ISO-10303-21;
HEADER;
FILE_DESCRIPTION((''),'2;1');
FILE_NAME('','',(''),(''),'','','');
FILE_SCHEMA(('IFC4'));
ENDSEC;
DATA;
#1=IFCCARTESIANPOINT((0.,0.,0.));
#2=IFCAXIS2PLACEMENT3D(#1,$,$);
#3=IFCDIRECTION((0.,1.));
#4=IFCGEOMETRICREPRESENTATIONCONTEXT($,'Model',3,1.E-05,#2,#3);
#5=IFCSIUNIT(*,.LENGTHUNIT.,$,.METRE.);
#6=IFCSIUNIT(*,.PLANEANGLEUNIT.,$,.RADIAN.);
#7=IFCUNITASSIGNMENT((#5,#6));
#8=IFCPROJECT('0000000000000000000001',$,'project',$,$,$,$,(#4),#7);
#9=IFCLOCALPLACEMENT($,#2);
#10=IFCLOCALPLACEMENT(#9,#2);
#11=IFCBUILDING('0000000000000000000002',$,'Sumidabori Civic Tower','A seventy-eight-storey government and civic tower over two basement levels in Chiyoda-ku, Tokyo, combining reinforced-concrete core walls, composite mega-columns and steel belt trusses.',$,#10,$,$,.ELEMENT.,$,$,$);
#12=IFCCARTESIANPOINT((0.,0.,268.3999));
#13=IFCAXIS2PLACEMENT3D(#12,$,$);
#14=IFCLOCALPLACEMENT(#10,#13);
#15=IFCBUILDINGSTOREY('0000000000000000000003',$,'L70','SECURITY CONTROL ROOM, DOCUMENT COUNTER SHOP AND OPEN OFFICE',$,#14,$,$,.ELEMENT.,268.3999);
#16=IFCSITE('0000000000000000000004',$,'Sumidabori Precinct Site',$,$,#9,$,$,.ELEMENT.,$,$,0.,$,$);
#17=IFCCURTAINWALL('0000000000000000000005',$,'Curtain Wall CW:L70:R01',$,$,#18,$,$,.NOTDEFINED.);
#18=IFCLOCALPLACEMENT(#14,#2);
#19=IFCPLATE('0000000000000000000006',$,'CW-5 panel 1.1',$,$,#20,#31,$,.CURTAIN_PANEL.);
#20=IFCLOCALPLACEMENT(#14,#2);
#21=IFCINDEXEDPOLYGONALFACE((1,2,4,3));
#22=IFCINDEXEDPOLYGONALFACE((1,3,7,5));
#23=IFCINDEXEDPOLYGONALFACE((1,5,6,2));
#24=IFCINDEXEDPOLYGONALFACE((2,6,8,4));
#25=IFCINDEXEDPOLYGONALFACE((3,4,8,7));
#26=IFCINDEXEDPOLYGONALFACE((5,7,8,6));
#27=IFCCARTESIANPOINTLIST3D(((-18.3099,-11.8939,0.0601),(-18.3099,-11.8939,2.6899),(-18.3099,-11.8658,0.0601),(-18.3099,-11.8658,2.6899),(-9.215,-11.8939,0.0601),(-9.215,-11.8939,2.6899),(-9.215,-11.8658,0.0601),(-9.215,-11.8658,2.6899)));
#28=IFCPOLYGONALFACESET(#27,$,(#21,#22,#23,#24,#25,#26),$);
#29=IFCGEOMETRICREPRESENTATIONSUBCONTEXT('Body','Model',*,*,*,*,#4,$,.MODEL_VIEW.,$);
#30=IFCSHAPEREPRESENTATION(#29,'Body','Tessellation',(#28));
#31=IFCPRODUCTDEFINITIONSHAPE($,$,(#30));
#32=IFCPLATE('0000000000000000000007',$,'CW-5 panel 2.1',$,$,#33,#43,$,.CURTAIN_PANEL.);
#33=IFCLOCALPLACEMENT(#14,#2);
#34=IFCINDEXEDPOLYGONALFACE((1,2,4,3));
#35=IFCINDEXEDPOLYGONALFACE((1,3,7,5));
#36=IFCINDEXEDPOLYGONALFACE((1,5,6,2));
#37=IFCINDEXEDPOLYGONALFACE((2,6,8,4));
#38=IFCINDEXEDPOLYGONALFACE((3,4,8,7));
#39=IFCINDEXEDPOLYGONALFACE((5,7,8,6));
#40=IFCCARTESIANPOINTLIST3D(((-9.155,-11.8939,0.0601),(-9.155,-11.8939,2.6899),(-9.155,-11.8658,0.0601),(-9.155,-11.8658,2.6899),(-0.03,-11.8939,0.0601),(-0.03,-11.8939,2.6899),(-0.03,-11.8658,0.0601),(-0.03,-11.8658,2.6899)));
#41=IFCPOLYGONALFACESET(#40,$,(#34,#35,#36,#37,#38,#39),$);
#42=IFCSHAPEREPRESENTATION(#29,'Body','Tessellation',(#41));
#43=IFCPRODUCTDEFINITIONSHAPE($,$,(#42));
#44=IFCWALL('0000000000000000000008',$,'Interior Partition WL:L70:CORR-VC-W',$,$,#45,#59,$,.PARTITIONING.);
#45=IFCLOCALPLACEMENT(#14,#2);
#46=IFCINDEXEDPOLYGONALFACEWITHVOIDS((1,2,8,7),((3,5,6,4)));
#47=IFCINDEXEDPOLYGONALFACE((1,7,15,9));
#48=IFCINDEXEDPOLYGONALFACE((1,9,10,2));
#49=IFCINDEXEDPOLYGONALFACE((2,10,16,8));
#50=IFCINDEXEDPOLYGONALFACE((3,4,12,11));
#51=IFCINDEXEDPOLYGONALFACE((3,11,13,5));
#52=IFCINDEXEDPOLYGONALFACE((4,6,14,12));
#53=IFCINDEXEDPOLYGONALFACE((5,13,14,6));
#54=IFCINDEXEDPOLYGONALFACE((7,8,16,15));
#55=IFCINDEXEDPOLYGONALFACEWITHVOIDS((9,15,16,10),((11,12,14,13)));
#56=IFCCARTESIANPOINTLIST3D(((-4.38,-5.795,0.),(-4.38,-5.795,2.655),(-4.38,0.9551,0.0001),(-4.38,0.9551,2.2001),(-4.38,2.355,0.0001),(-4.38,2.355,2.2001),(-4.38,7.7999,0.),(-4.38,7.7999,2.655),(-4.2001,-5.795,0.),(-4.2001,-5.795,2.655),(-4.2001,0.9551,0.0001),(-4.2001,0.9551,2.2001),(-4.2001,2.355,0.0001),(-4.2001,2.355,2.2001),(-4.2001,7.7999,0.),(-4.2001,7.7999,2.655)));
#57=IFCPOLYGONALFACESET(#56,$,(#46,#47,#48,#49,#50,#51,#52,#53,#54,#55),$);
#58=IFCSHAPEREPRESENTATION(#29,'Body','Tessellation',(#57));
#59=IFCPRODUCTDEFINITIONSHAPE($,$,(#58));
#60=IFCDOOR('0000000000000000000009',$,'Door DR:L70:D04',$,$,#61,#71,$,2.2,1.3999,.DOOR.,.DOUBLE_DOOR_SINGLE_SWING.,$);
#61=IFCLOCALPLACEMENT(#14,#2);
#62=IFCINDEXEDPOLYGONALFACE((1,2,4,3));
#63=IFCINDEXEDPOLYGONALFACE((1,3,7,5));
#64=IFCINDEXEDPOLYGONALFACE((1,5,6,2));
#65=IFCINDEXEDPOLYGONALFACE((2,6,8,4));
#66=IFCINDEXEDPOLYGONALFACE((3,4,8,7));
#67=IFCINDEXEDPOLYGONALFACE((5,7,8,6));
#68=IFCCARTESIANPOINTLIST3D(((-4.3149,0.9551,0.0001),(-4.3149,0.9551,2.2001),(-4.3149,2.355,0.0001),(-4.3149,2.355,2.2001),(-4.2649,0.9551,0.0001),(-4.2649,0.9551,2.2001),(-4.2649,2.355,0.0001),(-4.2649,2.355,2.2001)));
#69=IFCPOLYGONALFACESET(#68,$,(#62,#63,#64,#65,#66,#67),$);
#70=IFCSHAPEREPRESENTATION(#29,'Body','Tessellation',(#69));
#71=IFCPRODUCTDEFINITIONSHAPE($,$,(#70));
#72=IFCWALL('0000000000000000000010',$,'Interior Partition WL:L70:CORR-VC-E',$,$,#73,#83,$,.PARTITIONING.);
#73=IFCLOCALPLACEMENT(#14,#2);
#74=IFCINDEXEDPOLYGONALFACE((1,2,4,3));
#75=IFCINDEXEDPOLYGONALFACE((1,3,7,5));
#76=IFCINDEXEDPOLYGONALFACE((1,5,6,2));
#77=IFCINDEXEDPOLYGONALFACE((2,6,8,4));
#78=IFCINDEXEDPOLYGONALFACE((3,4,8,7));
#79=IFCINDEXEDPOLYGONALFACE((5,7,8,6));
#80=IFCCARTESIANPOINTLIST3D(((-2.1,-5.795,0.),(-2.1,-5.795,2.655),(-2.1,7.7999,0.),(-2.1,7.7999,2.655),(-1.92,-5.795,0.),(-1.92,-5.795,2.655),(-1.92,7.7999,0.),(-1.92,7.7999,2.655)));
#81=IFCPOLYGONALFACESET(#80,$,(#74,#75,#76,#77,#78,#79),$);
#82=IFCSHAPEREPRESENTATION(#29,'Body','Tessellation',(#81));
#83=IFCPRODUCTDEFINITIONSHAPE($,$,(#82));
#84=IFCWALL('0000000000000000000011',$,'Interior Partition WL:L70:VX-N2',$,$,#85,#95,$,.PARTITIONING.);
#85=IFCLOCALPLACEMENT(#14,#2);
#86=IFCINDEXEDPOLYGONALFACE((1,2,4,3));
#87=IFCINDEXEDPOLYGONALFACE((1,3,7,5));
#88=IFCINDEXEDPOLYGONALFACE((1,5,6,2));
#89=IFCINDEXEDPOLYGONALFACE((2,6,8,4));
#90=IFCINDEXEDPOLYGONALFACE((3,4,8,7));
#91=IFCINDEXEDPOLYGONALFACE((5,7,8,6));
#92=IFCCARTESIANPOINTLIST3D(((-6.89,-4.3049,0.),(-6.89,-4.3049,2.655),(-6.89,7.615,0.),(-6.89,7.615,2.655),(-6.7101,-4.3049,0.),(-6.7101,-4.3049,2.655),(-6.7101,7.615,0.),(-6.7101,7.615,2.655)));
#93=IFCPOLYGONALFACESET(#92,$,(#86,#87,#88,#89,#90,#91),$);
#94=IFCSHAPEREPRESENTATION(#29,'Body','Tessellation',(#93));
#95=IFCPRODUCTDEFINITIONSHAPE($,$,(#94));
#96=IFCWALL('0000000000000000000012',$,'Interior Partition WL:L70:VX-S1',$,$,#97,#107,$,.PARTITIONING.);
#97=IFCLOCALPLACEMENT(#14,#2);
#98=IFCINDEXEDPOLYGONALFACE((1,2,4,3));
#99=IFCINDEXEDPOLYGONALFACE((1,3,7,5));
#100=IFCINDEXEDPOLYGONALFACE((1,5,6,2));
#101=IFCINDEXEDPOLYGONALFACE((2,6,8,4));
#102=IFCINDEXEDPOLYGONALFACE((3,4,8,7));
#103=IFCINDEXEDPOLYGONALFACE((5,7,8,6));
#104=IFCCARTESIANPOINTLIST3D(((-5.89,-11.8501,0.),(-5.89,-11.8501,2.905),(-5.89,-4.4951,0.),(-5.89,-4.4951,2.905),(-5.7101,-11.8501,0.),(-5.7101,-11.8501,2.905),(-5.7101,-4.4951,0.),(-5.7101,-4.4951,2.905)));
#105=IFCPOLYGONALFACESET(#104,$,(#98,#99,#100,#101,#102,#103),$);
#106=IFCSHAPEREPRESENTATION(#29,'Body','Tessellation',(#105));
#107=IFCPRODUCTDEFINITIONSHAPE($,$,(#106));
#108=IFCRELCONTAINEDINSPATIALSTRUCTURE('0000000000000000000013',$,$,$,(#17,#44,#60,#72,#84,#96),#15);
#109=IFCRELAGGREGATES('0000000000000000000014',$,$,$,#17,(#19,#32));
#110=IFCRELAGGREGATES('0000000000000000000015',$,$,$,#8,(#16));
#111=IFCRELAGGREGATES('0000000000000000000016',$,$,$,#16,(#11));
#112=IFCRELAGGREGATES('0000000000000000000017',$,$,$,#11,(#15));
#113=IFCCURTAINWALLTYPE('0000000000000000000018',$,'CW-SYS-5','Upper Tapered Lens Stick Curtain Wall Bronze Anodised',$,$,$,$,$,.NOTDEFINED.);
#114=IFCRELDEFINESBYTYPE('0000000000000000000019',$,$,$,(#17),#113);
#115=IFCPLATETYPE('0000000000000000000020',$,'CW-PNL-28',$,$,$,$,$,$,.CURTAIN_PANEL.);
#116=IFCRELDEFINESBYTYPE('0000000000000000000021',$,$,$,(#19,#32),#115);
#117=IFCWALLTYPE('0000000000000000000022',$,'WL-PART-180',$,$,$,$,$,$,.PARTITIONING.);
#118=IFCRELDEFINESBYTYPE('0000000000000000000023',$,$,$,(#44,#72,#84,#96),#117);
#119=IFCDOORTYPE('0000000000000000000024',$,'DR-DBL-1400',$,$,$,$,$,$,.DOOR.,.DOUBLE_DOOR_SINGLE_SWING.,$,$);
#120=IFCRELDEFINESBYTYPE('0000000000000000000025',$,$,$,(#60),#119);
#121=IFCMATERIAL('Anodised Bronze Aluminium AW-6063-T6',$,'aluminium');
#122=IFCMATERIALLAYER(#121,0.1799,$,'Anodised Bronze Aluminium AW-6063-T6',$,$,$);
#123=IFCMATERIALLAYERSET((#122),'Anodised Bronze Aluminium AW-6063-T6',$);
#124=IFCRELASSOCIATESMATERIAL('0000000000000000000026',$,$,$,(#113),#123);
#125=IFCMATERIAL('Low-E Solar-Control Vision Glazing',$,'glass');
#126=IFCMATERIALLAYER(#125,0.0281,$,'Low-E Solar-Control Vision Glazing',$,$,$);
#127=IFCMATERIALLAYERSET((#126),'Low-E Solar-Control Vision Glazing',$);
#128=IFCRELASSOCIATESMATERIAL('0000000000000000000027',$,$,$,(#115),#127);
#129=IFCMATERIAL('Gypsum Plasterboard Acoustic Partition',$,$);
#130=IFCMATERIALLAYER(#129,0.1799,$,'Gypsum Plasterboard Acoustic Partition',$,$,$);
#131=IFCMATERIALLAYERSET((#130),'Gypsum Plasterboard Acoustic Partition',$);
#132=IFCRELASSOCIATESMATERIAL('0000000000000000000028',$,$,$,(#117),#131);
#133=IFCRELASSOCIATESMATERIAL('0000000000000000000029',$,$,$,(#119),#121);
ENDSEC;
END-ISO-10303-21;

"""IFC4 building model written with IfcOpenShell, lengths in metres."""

from ifc_helpers import new_model, si_unit, direction, frame, frame_2d, origin, origin_2d, place, context, subcontext, project, spatial, rectangle, extrude, source, transform, mapped, material, layer, layer_set, type_object, element, fill, aggregate, save


model = new_model("IFC4")

# Units and contexts
model_context = context("Model", 3, precision=1e-05, world=origin(), true_north=direction((0.0, 1.0)))
body_context = subcontext(model_context, "Body", "Model", "MODEL_VIEW")
ifc_project = project(units=[si_unit("LENGTHUNIT", "METRE"), si_unit("PLANEANGLEUNIT", "RADIAN")], contexts=[model_context])

# Site, building, storey
site_placement = place(None, origin())
site = spatial("IfcSite", under=ifc_project, at=site_placement, Name="Sumidabori Precinct Site", CompositionType="ELEMENT", RefElevation=0.0)
building_placement = place(site_placement, origin())
building = spatial("IfcBuilding", under=site, at=building_placement, Name="Sumidabori Civic Tower", Description="A seventy-eight-storey government and civic tower over two basement levels in Chiyoda-ku, Tokyo, combining reinforced-concrete core walls, composite mega-columns and steel belt trusses.", CompositionType="ELEMENT")
storey_placement = place(building_placement, frame((0.0, 0.0, 268.3999)))
storey = spatial("IfcBuildingStorey", under=building, at=storey_placement, Name="L70", Description="SECURITY CONTROL ROOM, DOCUMENT COUNTER SHOP AND OPEN OFFICE", CompositionType="ELEMENT", Elevation=268.3999)

# Curtain wall
ifc_material_1 = material(Name="Anodised Bronze Aluminium AW-6063-T6", Category="aluminium")
ifc_layer_1 = layer(ifc_material_1, 0.1799, Name="Anodised Bronze Aluminium AW-6063-T6")
ifc_layer_set_1 = layer_set([ifc_layer_1], Name="Anodised Bronze Aluminium AW-6063-T6")
curtain_wall_type = type_object("IfcCurtainWallType", Name="CW-SYS-5", Description="Upper Tapered Lens Stick Curtain Wall Bronze Anodised", PredefinedType="NOTDEFINED", material=ifc_layer_set_1)
curtain_wall_placement = place(storey_placement, origin())
curtain_wall = element("IfcCurtainWall", 1, at=curtain_wall_placement, inside=storey, type_object=curtain_wall_type, Name="Curtain Wall CW:L70:R01", PredefinedType="NOTDEFINED")

# Plates
ifc_material_2 = material(Name="Low-E Solar-Control Vision Glazing", Category="glass")
ifc_layer_2 = layer(ifc_material_2, 0.0281, Name="Low-E Solar-Control Vision Glazing")
ifc_layer_set_2 = layer_set([ifc_layer_2], Name="Low-E Solar-Control Vision Glazing")
plate_type = type_object("IfcPlateType", Name="CW-PNL-28", PredefinedType="CURTAIN_PANEL", material=ifc_layer_set_2)
shared_shape_1 = source(origin(), body_context, "Body", "SweptSolid", [
    extrude(rectangle(XDim=9.095, YDim=0.0281, at=origin_2d()), origin(), (0.0, 0.0, 1.0), 2.6299),
])
plate_1_placement = place(storey_placement, frame((-13.7625, -11.8799, 0.0601), z_axis=(0.0, 0.0, 1.0), x_axis=(1.0, 0.0, 0.0)))
plate_1 = element("IfcPlate", 2, at=plate_1_placement, type_object=plate_type, Name="CW-5 panel 1.1", PredefinedType="CURTAIN_PANEL", context=body_context, shape_type="MappedRepresentation", body=[
    mapped(shared_shape_1, transform((0.0, 0.0, 0.0), x_axis=(1.0, 0.0, 0.0), y_axis=(0.0, 1.0, 0.0), z_axis=(0.0, 0.0, 1.0), scale=1.0)),
])
shared_shape_2 = source(origin(), body_context, "Body", "SweptSolid", [
    extrude(rectangle(XDim=9.125, YDim=0.0281, at=origin_2d()), origin(), (0.0, 0.0, 1.0), 2.6299),
])
plate_2_placement = place(storey_placement, frame((-4.5925, -11.8799, 0.0601), z_axis=(0.0, 0.0, 1.0), x_axis=(1.0, 0.0, 0.0)))
plate_2 = element("IfcPlate", 3, at=plate_2_placement, type_object=plate_type, Name="CW-5 panel 2.1", PredefinedType="CURTAIN_PANEL", context=body_context, shape_type="MappedRepresentation", body=[
    mapped(shared_shape_2, transform((0.0, 0.0, 0.0), x_axis=(1.0, 0.0, 0.0), y_axis=(0.0, 1.0, 0.0), z_axis=(0.0, 0.0, 1.0), scale=1.0)),
])
aggregate(curtain_wall, [plate_1, plate_2])

# Wall, opening, door
ifc_material_3 = material(Name="Gypsum Plasterboard Acoustic Partition")
ifc_layer_3 = layer(ifc_material_3, 0.1799, Name="Gypsum Plasterboard Acoustic Partition")
ifc_layer_set_3 = layer_set([ifc_layer_3], Name="Gypsum Plasterboard Acoustic Partition")
wall_type = type_object("IfcWallType", Name="WL-PART-180", PredefinedType="PARTITIONING", material=ifc_layer_set_3)
shared_shape_3 = source(origin(), body_context, "Body", "SweptSolid", [
    extrude(rectangle(XDim=13.595, YDim=0.1799, at=frame_2d((6.7974, 0.0))), origin(), (0.0, 0.0, 1.0), 2.655),
])
wall_1_placement = place(storey_placement, frame((-4.29, -5.7949, 0.0), z_axis=(0.0, 0.0, 1.0), x_axis=(0.0, 1.0, 0.0)))
wall_1 = element("IfcWall", 4, at=wall_1_placement, inside=storey, type_object=wall_type, Name="Interior Partition WL:L70:CORR-VC-W", PredefinedType="PARTITIONING", context=body_context, shape_type="MappedRepresentation", body=[
    mapped(shared_shape_3, transform((0.0, 0.0, 0.0), x_axis=(1.0, 0.0, 0.0), y_axis=(0.0, 1.0, 0.0), z_axis=(0.0, 0.0, 1.0), scale=1.0)),
])
opening_1_placement = place(wall_1_placement, frame((6.75, 0.0, 0.0)))
opening_1 = element("IfcOpeningElement", 5, at=opening_1_placement, cuts=wall_1, PredefinedType="OPENING", context=body_context, shape_type="SweptSolid", body=[
    extrude(rectangle(XDim=1.3999, YDim=2.2, at=frame_2d((0.7, 1.1001))), frame((0.0, 0.1021, 0.0), z_axis=(0.0, -1.0, 0.0), x_axis=(1.0, 0.0, 0.0)), (0.0, 0.0, 1.0), 0.2039),
])
door_type = type_object("IfcDoorType", Name="DR-DBL-1400", OperationType="DOUBLE_DOOR_SINGLE_SWING", PredefinedType="DOOR", material=ifc_material_1)
shared_shape_4 = source(origin(), body_context, "Body", "SweptSolid", [
    extrude(rectangle(XDim=1.3999, YDim=2.2, at=frame_2d((0.7, 1.1001))), frame((0.0, 0.0249, 0.0), z_axis=(0.0, -1.0, 0.0), x_axis=(1.0, 0.0, 0.0)), (0.0, 0.0, 1.0), 0.05),
])
door_1_placement = place(opening_1_placement, origin())
door_1 = element("IfcDoor", 6, at=door_1_placement, inside=storey, type_object=door_type, Name="Door DR:L70:D04", OperationType="DOUBLE_DOOR_SINGLE_SWING", OverallHeight=2.2, OverallWidth=1.3999, PredefinedType="DOOR", context=body_context, shape_type="MappedRepresentation", body=[
    mapped(shared_shape_4, transform((0.0, 0.0, 0.0), x_axis=(1.0, 0.0, 0.0), y_axis=(0.0, 1.0, 0.0), z_axis=(0.0, 0.0, 1.0), scale=1.0)),
])
fill(opening_1, door_1)

# Walls
wall_2_placement = place(storey_placement, frame((-2.01, -5.7949, 0.0), z_axis=(0.0, 0.0, 1.0), x_axis=(0.0, 1.0, 0.0)))
element("IfcWall", 7, at=wall_2_placement, inside=storey, type_object=wall_type, Name="Interior Partition WL:L70:CORR-VC-E", PredefinedType="PARTITIONING", context=body_context, shape_type="MappedRepresentation", body=[
    mapped(shared_shape_3, transform((0.0, 0.0, 0.0), x_axis=(1.0, 0.0, 0.0), y_axis=(0.0, 1.0, 0.0), z_axis=(0.0, 0.0, 1.0), scale=1.0)),
])
shared_shape_5 = source(origin(), body_context, "Body", "SweptSolid", [
    extrude(rectangle(XDim=11.9199, YDim=0.1799, at=frame_2d((5.96, 0.0))), origin(), (0.0, 0.0, 1.0), 2.655),
])
wall_3_placement = place(storey_placement, frame((-6.8, -4.3049, 0.0), z_axis=(0.0, 0.0, 1.0), x_axis=(0.0, 1.0, 0.0)))
element("IfcWall", 8, at=wall_3_placement, inside=storey, type_object=wall_type, Name="Interior Partition WL:L70:VX-N2", PredefinedType="PARTITIONING", context=body_context, shape_type="MappedRepresentation", body=[
    mapped(shared_shape_5, transform((0.0, 0.0, 0.0), x_axis=(1.0, 0.0, 0.0), y_axis=(0.0, 1.0, 0.0), z_axis=(0.0, 0.0, 1.0), scale=1.0)),
])
shared_shape_6 = source(origin(), body_context, "Body", "SweptSolid", [
    extrude(rectangle(XDim=7.355, YDim=0.1799, at=frame_2d((3.6775, 0.0))), origin(), (0.0, 0.0, 1.0), 2.905),
])
wall_4_placement = place(storey_placement, frame((-5.8, -11.8501, 0.0), z_axis=(0.0, 0.0, 1.0), x_axis=(0.0, 1.0, 0.0)))
element("IfcWall", 9, at=wall_4_placement, inside=storey, type_object=wall_type, Name="Interior Partition WL:L70:VX-S1", PredefinedType="PARTITIONING", context=body_context, shape_type="MappedRepresentation", body=[
    mapped(shared_shape_6, transform((0.0, 0.0, 0.0), x_axis=(1.0, 0.0, 0.0), y_axis=(0.0, 1.0, 0.0), z_axis=(0.0, 0.0, 1.0), scale=1.0)),
])

save(model, "model.ifc")
